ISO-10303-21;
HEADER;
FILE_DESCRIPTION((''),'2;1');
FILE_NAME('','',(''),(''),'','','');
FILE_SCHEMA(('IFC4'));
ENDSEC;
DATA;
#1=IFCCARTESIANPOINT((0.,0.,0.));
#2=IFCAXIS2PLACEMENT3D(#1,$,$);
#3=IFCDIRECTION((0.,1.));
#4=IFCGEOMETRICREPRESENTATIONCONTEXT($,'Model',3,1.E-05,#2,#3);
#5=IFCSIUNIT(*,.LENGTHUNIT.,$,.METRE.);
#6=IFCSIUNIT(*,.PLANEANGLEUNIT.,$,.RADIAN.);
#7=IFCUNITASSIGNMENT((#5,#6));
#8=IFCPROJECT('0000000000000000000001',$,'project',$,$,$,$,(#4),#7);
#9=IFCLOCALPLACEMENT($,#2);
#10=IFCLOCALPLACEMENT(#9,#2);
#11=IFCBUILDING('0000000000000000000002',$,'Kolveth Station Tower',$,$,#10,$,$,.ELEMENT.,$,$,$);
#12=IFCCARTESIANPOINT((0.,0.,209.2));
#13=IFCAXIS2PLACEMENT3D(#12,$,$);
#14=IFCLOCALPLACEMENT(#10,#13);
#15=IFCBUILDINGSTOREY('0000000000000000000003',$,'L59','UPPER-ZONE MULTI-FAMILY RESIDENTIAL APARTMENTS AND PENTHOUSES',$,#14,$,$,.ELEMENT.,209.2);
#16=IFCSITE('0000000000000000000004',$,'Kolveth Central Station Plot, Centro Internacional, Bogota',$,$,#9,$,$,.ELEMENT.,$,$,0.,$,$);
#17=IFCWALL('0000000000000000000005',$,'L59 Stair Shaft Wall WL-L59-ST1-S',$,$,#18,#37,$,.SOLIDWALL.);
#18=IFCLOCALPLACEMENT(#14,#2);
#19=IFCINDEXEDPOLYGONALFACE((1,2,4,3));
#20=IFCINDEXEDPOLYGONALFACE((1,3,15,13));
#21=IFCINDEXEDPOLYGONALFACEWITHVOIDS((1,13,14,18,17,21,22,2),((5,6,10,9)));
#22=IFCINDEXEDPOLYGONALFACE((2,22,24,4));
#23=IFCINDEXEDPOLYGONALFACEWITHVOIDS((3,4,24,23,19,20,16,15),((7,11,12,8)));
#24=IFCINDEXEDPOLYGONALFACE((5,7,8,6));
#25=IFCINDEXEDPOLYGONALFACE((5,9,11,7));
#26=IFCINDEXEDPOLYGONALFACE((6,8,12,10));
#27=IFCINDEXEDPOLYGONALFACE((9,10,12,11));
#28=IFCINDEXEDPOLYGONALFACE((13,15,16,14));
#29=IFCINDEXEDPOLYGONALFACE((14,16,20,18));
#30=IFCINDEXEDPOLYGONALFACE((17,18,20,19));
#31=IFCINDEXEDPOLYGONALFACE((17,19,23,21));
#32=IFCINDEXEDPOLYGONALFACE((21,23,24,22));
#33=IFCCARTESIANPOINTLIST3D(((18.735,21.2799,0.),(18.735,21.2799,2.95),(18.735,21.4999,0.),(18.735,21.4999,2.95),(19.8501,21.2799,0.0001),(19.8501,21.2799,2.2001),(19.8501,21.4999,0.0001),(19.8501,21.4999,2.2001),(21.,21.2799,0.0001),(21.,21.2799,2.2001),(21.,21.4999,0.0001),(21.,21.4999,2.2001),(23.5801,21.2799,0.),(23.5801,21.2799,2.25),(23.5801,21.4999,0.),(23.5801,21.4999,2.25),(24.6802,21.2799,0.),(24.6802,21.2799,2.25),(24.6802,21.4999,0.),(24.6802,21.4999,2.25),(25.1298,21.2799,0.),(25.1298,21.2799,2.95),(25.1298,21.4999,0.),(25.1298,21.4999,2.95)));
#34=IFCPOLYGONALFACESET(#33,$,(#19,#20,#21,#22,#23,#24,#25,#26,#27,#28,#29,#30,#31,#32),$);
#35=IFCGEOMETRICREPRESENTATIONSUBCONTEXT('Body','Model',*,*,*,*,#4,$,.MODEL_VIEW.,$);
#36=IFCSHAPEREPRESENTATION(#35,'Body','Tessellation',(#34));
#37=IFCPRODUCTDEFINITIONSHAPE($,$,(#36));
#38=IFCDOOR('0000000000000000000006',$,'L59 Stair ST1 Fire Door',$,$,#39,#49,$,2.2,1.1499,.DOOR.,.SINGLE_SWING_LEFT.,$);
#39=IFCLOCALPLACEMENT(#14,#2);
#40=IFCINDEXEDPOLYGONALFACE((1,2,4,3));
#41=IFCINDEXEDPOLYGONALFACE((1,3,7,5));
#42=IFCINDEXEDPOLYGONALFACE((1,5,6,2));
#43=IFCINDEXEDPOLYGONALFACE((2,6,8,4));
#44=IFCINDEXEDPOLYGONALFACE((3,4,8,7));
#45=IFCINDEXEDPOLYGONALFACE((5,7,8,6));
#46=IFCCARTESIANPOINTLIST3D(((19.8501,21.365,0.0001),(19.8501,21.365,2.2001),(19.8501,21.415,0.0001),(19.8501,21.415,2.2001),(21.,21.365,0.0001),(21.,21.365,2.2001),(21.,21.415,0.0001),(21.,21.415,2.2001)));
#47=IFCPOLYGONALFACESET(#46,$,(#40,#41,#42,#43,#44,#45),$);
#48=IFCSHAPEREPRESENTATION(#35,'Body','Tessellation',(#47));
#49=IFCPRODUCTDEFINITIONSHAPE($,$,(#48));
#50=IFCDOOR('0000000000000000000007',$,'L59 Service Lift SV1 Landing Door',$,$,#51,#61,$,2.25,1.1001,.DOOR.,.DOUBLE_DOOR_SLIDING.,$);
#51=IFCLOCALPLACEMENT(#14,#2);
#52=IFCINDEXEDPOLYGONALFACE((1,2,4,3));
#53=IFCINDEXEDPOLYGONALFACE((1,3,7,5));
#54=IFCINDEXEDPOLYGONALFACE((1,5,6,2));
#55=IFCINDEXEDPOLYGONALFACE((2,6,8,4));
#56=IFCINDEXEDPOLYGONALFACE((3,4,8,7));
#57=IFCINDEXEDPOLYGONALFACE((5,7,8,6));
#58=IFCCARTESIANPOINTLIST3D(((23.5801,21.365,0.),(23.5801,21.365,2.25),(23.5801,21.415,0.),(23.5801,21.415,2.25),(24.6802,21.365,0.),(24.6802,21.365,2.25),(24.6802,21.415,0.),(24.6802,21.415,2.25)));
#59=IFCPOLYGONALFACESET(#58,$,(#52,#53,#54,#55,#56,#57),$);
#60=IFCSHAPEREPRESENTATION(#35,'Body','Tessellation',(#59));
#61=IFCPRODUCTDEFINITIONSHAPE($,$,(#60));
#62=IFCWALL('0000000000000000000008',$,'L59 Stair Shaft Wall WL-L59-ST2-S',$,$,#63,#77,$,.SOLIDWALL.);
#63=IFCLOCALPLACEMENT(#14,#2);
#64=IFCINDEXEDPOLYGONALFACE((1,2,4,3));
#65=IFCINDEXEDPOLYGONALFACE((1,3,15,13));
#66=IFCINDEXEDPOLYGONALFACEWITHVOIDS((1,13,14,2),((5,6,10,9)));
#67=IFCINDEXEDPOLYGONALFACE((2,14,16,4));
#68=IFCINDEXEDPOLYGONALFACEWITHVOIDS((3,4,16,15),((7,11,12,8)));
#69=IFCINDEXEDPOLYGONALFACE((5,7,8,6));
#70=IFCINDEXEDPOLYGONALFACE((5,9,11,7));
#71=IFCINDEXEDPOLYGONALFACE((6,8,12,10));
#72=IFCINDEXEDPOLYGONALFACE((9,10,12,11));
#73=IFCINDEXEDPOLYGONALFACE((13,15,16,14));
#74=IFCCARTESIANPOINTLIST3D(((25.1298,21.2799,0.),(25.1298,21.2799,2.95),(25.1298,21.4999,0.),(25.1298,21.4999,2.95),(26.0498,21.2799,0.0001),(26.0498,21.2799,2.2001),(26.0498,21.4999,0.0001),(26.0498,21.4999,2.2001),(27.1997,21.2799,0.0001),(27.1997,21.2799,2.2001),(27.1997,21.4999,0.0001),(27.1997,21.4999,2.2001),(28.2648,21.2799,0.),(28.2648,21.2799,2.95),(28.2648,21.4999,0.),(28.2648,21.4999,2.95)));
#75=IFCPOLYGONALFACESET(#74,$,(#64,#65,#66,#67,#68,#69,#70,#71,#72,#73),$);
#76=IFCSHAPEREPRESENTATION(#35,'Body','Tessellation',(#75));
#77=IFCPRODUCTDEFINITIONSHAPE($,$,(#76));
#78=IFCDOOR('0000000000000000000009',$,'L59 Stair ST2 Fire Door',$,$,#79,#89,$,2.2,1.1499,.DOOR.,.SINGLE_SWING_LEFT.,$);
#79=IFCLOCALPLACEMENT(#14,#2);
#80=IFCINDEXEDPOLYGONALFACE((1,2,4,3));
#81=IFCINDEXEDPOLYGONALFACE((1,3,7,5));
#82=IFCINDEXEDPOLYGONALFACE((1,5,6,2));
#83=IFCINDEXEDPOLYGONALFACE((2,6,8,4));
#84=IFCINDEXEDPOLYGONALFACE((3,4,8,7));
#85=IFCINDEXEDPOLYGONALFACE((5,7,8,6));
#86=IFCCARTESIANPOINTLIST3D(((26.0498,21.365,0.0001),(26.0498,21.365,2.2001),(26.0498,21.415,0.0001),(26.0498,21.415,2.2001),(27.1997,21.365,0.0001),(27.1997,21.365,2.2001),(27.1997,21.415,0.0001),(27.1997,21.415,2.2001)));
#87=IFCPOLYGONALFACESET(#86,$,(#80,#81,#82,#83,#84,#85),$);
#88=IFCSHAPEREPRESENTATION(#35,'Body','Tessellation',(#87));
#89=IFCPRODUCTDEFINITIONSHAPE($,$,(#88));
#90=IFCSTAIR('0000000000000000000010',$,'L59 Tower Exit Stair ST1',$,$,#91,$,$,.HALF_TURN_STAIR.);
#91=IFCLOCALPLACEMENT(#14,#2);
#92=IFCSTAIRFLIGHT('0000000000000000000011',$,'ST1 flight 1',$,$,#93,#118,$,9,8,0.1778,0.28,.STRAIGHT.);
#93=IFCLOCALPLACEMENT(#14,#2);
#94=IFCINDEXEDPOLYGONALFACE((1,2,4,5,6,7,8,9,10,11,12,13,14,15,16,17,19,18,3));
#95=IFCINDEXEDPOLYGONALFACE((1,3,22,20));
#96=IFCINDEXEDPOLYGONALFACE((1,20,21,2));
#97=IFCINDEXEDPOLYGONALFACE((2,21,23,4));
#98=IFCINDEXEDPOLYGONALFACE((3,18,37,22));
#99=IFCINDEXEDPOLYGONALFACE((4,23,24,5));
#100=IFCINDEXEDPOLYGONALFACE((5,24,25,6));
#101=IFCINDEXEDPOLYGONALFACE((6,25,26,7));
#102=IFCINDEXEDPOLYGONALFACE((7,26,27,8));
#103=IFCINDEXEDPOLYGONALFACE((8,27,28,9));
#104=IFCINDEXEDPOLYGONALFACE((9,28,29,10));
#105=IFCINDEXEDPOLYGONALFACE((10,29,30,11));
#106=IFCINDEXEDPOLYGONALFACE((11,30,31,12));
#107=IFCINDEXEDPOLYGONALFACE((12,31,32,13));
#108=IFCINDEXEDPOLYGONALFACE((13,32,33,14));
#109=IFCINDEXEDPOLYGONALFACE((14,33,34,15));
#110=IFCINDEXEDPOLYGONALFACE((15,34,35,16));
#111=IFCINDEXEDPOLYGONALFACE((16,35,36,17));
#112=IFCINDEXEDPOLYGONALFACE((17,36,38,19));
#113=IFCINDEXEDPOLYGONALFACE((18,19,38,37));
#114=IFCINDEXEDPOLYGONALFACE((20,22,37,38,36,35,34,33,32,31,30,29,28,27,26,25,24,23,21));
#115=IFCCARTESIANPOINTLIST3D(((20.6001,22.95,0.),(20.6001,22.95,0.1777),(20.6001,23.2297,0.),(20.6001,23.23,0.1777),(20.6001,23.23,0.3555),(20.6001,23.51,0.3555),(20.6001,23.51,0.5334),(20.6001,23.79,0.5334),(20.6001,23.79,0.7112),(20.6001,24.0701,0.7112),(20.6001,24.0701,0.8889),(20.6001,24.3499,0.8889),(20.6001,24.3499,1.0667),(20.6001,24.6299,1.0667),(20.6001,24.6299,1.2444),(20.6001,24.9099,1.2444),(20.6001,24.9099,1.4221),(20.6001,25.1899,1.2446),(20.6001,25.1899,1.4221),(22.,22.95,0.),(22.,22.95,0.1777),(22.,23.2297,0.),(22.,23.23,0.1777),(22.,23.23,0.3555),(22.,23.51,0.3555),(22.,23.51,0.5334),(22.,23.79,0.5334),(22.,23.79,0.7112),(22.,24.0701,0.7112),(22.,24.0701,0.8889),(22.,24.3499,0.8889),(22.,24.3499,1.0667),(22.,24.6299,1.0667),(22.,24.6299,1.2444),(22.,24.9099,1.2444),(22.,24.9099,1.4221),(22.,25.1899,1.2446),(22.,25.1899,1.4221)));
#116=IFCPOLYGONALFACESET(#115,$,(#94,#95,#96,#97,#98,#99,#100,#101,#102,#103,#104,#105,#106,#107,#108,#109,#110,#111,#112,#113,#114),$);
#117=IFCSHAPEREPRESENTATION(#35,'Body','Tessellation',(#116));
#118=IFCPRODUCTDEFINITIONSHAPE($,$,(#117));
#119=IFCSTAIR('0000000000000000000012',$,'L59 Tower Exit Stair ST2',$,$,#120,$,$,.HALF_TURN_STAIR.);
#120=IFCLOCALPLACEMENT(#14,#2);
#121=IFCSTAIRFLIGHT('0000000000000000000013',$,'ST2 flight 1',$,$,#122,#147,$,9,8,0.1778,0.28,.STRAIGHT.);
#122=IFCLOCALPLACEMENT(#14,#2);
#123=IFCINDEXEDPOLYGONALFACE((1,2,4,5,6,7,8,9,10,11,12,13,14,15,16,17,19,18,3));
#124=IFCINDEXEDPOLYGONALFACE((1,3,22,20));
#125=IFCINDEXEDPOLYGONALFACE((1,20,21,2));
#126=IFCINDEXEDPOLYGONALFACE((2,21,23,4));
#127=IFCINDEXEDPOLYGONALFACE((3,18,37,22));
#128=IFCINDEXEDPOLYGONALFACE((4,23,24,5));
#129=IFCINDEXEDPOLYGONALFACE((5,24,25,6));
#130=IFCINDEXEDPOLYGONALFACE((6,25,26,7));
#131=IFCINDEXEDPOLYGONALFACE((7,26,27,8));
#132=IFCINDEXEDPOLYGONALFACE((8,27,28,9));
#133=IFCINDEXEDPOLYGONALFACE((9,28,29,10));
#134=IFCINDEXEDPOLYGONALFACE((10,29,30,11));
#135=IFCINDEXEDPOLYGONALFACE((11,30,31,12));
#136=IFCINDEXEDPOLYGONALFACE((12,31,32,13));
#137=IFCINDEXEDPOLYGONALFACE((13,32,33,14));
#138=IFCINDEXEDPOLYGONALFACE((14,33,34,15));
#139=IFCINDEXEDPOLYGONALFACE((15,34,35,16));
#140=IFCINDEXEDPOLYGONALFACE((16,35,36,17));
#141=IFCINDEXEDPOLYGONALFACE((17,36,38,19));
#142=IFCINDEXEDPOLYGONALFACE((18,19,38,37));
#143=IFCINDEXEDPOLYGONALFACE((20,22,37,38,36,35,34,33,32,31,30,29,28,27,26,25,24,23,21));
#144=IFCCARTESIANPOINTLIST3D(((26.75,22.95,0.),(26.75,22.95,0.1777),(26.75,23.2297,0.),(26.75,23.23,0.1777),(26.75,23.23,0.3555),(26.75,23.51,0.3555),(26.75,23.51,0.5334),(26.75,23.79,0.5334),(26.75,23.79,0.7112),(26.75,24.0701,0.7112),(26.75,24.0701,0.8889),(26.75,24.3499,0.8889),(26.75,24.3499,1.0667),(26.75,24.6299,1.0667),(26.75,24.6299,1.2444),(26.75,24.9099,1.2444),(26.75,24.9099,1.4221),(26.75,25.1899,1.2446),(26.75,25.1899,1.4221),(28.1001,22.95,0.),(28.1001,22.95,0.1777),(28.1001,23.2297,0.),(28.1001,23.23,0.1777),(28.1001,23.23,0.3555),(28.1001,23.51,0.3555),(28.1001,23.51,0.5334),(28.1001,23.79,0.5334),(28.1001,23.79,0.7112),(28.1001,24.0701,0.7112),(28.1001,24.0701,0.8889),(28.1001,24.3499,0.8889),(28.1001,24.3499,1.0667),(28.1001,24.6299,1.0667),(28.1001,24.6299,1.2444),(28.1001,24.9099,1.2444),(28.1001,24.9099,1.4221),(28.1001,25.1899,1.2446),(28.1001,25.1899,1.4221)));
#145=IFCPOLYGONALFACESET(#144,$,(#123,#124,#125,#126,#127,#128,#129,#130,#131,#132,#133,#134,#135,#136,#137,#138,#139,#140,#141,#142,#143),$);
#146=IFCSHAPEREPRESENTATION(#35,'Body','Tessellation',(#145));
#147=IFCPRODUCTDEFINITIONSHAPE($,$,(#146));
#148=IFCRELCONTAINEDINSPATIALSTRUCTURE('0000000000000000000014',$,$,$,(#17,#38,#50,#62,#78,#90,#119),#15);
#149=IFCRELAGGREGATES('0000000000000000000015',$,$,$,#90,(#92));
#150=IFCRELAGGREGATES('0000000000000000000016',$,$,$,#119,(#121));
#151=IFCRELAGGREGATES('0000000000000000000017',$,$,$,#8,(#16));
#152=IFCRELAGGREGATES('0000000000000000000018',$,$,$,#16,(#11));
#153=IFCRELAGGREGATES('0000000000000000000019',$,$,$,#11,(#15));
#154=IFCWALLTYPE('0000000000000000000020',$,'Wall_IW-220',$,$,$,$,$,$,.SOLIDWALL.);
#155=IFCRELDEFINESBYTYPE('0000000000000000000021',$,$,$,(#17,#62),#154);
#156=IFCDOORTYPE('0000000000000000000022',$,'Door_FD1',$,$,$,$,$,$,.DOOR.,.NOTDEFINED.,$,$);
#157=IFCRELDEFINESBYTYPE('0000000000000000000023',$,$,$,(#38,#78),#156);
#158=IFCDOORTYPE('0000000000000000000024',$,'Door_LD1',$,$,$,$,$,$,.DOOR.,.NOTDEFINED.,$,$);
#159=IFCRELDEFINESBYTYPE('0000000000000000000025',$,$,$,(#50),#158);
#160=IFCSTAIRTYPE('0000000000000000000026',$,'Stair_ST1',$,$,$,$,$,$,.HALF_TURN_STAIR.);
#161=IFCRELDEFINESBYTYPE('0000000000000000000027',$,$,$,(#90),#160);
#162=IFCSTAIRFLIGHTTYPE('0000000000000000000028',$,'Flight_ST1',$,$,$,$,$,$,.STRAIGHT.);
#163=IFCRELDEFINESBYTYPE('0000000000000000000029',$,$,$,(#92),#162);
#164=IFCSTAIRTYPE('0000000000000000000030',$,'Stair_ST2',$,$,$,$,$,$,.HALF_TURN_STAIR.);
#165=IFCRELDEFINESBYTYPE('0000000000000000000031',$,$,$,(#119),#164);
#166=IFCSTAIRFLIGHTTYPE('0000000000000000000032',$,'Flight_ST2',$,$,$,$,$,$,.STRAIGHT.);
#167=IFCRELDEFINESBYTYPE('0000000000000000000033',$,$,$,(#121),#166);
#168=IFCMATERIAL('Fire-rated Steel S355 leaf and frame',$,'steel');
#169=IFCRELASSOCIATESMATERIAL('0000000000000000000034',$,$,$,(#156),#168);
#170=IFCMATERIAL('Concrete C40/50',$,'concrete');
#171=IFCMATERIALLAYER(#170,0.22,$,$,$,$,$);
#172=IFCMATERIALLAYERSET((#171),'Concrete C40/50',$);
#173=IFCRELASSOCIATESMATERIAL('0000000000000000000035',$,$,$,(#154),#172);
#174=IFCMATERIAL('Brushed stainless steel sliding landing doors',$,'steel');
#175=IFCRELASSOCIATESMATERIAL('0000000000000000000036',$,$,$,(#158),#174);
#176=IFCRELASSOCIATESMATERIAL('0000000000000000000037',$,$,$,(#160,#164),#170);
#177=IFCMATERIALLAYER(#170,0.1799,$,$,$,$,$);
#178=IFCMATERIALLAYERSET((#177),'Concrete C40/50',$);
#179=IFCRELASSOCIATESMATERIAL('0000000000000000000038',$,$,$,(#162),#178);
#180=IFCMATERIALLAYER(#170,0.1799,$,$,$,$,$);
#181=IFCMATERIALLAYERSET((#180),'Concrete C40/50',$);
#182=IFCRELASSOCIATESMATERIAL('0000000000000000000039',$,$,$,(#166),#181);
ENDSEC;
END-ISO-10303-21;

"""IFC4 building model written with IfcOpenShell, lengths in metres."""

from ifc_helpers import new_model, si_unit, direction, frame, frame_2d, origin, place, context, subcontext, project, spatial, polyline, rectangle, outline, extrude, material, layer, layer_set, type_object, element, fill, aggregate, save


model = new_model("IFC4")

# Units and contexts
model_context = context("Model", 3, precision=1e-05, world=origin(), true_north=direction((0.0, 1.0)))
body_context = subcontext(model_context, "Body", "Model", "MODEL_VIEW")
ifc_project = project(units=[si_unit("LENGTHUNIT", "METRE"), si_unit("PLANEANGLEUNIT", "RADIAN")], contexts=[model_context])

# Site, building, storey
site_placement = place(None, origin())
site = spatial("IfcSite", under=ifc_project, at=site_placement, Name="Kolveth Central Station Plot, Centro Internacional, Bogota", CompositionType="ELEMENT", RefElevation=0.0)
building_placement = place(site_placement, origin())
building = spatial("IfcBuilding", under=site, at=building_placement, Name="Kolveth Station Tower", CompositionType="ELEMENT")
storey_placement = place(building_placement, frame((0.0, 0.0, 209.2)))
storey = spatial("IfcBuildingStorey", under=building, at=storey_placement, Name="L59", Description="UPPER-ZONE MULTI-FAMILY RESIDENTIAL APARTMENTS AND PENTHOUSES", CompositionType="ELEMENT", Elevation=209.2)

# Shared definitions
ifc_material_1 = material(Name="Fire-rated Steel S355 leaf and frame", Category="steel")
door_type_1 = type_object("IfcDoorType", Name="Door_FD1", OperationType="NOTDEFINED", PredefinedType="DOOR", material=ifc_material_1)

# Shared definitions
ifc_material_2 = material(Name="Concrete C40/50", Category="concrete")
ifc_layer_1 = layer(ifc_material_2, 0.22)
ifc_layer_set_1 = layer_set([ifc_layer_1], Name="Concrete C40/50")
wall_type_1 = type_object("IfcWallType", Name="Wall_IW-220", PredefinedType="SOLIDWALL", material=ifc_layer_set_1)

# Wall, openings, doors
wall_1_placement = place(storey_placement, frame((18.7351, 21.3899, 0.0), z_axis=(0.0, 0.0, 1.0), x_axis=(1.0, 0.0, 0.0)))
wall_1 = element("IfcWall", 1, at=wall_1_placement, inside=storey, type_object=wall_type_1, Name="L59 Stair Shaft Wall WL-L59-ST1-S", PredefinedType="SOLIDWALL", context=body_context, shape_type="SweptSolid", body=[
    extrude(rectangle(XDim=6.3948, YDim=0.22, at=frame_2d((3.1973, 0.0))), origin(), (0.0, 0.0, 1.0), 2.95),
])
opening_1_placement = place(wall_1_placement, frame((1.115, 0.0, 0.0)))
opening_1 = element("IfcOpeningElement", 2, at=opening_1_placement, cuts=wall_1, PredefinedType="OPENING", context=body_context, shape_type="SweptSolid", body=[
    extrude(rectangle(XDim=1.1499, YDim=2.2, at=frame_2d((0.575, 1.1001))), frame((0.0, 0.1199, 0.0), z_axis=(0.0, -1.0, 0.0), x_axis=(1.0, 0.0, 0.0)), (0.0, 0.0, 1.0), 0.24),
])
opening_2_placement = place(wall_1_placement, frame((4.845, 0.0, 0.0)))
opening_2 = element("IfcOpeningElement", 3, at=opening_2_placement, cuts=wall_1, PredefinedType="OPENING", context=body_context, shape_type="SweptSolid", body=[
    extrude(rectangle(XDim=1.1001, YDim=2.25, at=frame_2d((0.55, 1.125))), frame((0.0, 0.1199, 0.0), z_axis=(0.0, -1.0, 0.0), x_axis=(1.0, 0.0, 0.0)), (0.0, 0.0, 1.0), 0.24),
])
door_1_placement = place(opening_1_placement, frame((1.1499, 0.0, 0.0), z_axis=(0.0, 0.0, 1.0), x_axis=(-1.0, 0.0, 0.0)))
door_1 = element("IfcDoor", 4, at=door_1_placement, inside=storey, type_object=door_type_1, Name="L59 Stair ST1 Fire Door", OperationType="SINGLE_SWING_LEFT", OverallHeight=2.2, OverallWidth=1.1499, PredefinedType="DOOR", context=body_context, shape_type="SweptSolid", body=[
    extrude(rectangle(XDim=1.1499, YDim=2.2, at=frame_2d((0.575, 1.1001))), frame((0.0, 0.0249, 0.0), z_axis=(0.0, -1.0, 0.0), x_axis=(1.0, 0.0, 0.0)), (0.0, 0.0, 1.0), 0.05),
])
fill(opening_1, door_1)
ifc_material_3 = material(Name="Brushed stainless steel sliding landing doors", Category="steel")
door_type_2 = type_object("IfcDoorType", Name="Door_LD1", OperationType="NOTDEFINED", PredefinedType="DOOR", material=ifc_material_3)
door_2_placement = place(opening_2_placement, frame((1.1001, 0.0, 0.0), z_axis=(0.0, 0.0, 1.0), x_axis=(-1.0, 0.0, 0.0)))
door_2 = element("IfcDoor", 5, at=door_2_placement, inside=storey, type_object=door_type_2, Name="L59 Service Lift SV1 Landing Door", OperationType="DOUBLE_DOOR_SLIDING", OverallHeight=2.25, OverallWidth=1.1001, PredefinedType="DOOR", context=body_context, shape_type="SweptSolid", body=[
    extrude(rectangle(XDim=1.1001, YDim=2.25, at=frame_2d((0.55, 1.125))), frame((0.0, 0.0249, 0.0), z_axis=(0.0, -1.0, 0.0), x_axis=(1.0, 0.0, 0.0)), (0.0, 0.0, 1.0), 0.05),
])
fill(opening_2, door_2)

# Wall, opening, door
wall_2_placement = place(storey_placement, frame((25.1299, 21.3899, 0.0), z_axis=(0.0, 0.0, 1.0), x_axis=(1.0, 0.0, 0.0)))
wall_2 = element("IfcWall", 6, at=wall_2_placement, inside=storey, type_object=wall_type_1, Name="L59 Stair Shaft Wall WL-L59-ST2-S", PredefinedType="SOLIDWALL", context=body_context, shape_type="SweptSolid", body=[
    extrude(rectangle(XDim=3.135, YDim=0.22, at=frame_2d((1.5674, 0.0))), origin(), (0.0, 0.0, 1.0), 2.95),
])
opening_3_placement = place(wall_2_placement, frame((0.9199, 0.0, 0.0)))
opening_3 = element("IfcOpeningElement", 7, at=opening_3_placement, cuts=wall_2, PredefinedType="OPENING", context=body_context, shape_type="SweptSolid", body=[
    extrude(rectangle(XDim=1.1499, YDim=2.2, at=frame_2d((0.575, 1.1001))), frame((0.0, 0.1199, 0.0), z_axis=(0.0, -1.0, 0.0), x_axis=(1.0, 0.0, 0.0)), (0.0, 0.0, 1.0), 0.24),
])
door_3_placement = place(opening_3_placement, frame((1.1499, 0.0, 0.0), z_axis=(0.0, 0.0, 1.0), x_axis=(-1.0, 0.0, 0.0)))
door_3 = element("IfcDoor", 8, at=door_3_placement, inside=storey, type_object=door_type_1, Name="L59 Stair ST2 Fire Door", OperationType="SINGLE_SWING_LEFT", OverallHeight=2.2, OverallWidth=1.1499, PredefinedType="DOOR", context=body_context, shape_type="SweptSolid", body=[
    extrude(rectangle(XDim=1.1499, YDim=2.2, at=frame_2d((0.575, 1.1001))), frame((0.0, 0.0249, 0.0), z_axis=(0.0, -1.0, 0.0), x_axis=(1.0, 0.0, 0.0)), (0.0, 0.0, 1.0), 0.05),
])
fill(opening_3, door_3)

# Stairs, stair flights
stair_type_1 = type_object("IfcStairType", Name="Stair_ST1", PredefinedType="HALF_TURN_STAIR", material=ifc_material_2)
stair_1_placement = place(storey_placement, origin())
stair_1 = element("IfcStair", 9, at=stair_1_placement, inside=storey, type_object=stair_type_1, Name="L59 Tower Exit Stair ST1", PredefinedType="HALF_TURN_STAIR")
ifc_layer_2 = layer(ifc_material_2, 0.1799)
ifc_layer_set_2 = layer_set([ifc_layer_2], Name="Concrete C40/50")
stair_flight_type_1 = type_object("IfcStairFlightType", Name="Flight_ST1", PredefinedType="STRAIGHT", material=ifc_layer_set_2)
stair_flight_1_placement = place(storey_placement, frame((21.3, 22.95, 0.0), z_axis=(0.0, 0.0, 1.0), x_axis=(0.0, 1.0, 0.0)))
stair_flight_1 = element("IfcStairFlight", 10, at=stair_flight_1_placement, type_object=stair_flight_type_1, Name="ST1 flight 1", NumberOfRisers=9, NumberOfTreads=8, PredefinedType="STRAIGHT", RiserHeight=0.1778, TreadLength=0.28, context=body_context, shape_type="SweptSolid", body=[
    extrude(outline(polyline([(0.0, 0.0), (0.0, 0.1777), (0.28, 0.1777), (0.28, 0.3555), (0.5601, 0.3555), (0.5601, 0.5334), (0.8401, 0.5334), (0.8401, 0.7112), (1.1201, 0.7112), (1.1201, 0.8889), (1.3999, 0.8889), (1.3999, 1.0667), (1.6799, 1.0667), (1.6799, 1.2444), (1.96, 1.2444), (1.96, 1.4221), (2.24, 1.4221), (2.24, 1.6001), (2.24, 1.2446), (0.2798, 0.0), (0.0, 0.0)])), frame((0.0, 0.7, 0.0), z_axis=(0.0, -1.0, 0.0), x_axis=(1.0, 0.0, 0.0)), (0.0, 0.0, 1.0), 1.3999),
])
aggregate(stair_1, [stair_flight_1])
stair_type_2 = type_object("IfcStairType", Name="Stair_ST2", PredefinedType="HALF_TURN_STAIR", material=ifc_material_2)
stair_2_placement = place(storey_placement, origin())
stair_2 = element("IfcStair", 11, at=stair_2_placement, inside=storey, type_object=stair_type_2, Name="L59 Tower Exit Stair ST2", PredefinedType="HALF_TURN_STAIR")
ifc_layer_3 = layer(ifc_material_2, 0.1799)
ifc_layer_set_3 = layer_set([ifc_layer_3], Name="Concrete C40/50")
stair_flight_type_2 = type_object("IfcStairFlightType", Name="Flight_ST2", PredefinedType="STRAIGHT", material=ifc_layer_set_3)
stair_flight_2_placement = place(storey_placement, frame((27.425, 22.95, 0.0), z_axis=(0.0, 0.0, 1.0), x_axis=(0.0, 1.0, 0.0)))
stair_flight_2 = element("IfcStairFlight", 12, at=stair_flight_2_placement, type_object=stair_flight_type_2, Name="ST2 flight 1", NumberOfRisers=9, NumberOfTreads=8, PredefinedType="STRAIGHT", RiserHeight=0.1778, TreadLength=0.28, context=body_context, shape_type="SweptSolid", body=[
    extrude(outline(polyline([(0.0, 0.0), (0.0, 0.1777), (0.28, 0.1777), (0.28, 0.3555), (0.5601, 0.3555), (0.5601, 0.5334), (0.8401, 0.5334), (0.8401, 0.7112), (1.1201, 0.7112), (1.1201, 0.8889), (1.3999, 0.8889), (1.3999, 1.0667), (1.6799, 1.0667), (1.6799, 1.2444), (1.96, 1.2444), (1.96, 1.4221), (2.24, 1.4221), (2.24, 1.6001), (2.24, 1.2446), (0.2798, 0.0), (0.0, 0.0)])), frame((0.0, 0.675, 0.0), z_axis=(0.0, -1.0, 0.0), x_axis=(1.0, 0.0, 0.0)), (0.0, 0.0, 1.0), 1.3501),
])
aggregate(stair_2, [stair_flight_2])

save(model, "model.ifc")
